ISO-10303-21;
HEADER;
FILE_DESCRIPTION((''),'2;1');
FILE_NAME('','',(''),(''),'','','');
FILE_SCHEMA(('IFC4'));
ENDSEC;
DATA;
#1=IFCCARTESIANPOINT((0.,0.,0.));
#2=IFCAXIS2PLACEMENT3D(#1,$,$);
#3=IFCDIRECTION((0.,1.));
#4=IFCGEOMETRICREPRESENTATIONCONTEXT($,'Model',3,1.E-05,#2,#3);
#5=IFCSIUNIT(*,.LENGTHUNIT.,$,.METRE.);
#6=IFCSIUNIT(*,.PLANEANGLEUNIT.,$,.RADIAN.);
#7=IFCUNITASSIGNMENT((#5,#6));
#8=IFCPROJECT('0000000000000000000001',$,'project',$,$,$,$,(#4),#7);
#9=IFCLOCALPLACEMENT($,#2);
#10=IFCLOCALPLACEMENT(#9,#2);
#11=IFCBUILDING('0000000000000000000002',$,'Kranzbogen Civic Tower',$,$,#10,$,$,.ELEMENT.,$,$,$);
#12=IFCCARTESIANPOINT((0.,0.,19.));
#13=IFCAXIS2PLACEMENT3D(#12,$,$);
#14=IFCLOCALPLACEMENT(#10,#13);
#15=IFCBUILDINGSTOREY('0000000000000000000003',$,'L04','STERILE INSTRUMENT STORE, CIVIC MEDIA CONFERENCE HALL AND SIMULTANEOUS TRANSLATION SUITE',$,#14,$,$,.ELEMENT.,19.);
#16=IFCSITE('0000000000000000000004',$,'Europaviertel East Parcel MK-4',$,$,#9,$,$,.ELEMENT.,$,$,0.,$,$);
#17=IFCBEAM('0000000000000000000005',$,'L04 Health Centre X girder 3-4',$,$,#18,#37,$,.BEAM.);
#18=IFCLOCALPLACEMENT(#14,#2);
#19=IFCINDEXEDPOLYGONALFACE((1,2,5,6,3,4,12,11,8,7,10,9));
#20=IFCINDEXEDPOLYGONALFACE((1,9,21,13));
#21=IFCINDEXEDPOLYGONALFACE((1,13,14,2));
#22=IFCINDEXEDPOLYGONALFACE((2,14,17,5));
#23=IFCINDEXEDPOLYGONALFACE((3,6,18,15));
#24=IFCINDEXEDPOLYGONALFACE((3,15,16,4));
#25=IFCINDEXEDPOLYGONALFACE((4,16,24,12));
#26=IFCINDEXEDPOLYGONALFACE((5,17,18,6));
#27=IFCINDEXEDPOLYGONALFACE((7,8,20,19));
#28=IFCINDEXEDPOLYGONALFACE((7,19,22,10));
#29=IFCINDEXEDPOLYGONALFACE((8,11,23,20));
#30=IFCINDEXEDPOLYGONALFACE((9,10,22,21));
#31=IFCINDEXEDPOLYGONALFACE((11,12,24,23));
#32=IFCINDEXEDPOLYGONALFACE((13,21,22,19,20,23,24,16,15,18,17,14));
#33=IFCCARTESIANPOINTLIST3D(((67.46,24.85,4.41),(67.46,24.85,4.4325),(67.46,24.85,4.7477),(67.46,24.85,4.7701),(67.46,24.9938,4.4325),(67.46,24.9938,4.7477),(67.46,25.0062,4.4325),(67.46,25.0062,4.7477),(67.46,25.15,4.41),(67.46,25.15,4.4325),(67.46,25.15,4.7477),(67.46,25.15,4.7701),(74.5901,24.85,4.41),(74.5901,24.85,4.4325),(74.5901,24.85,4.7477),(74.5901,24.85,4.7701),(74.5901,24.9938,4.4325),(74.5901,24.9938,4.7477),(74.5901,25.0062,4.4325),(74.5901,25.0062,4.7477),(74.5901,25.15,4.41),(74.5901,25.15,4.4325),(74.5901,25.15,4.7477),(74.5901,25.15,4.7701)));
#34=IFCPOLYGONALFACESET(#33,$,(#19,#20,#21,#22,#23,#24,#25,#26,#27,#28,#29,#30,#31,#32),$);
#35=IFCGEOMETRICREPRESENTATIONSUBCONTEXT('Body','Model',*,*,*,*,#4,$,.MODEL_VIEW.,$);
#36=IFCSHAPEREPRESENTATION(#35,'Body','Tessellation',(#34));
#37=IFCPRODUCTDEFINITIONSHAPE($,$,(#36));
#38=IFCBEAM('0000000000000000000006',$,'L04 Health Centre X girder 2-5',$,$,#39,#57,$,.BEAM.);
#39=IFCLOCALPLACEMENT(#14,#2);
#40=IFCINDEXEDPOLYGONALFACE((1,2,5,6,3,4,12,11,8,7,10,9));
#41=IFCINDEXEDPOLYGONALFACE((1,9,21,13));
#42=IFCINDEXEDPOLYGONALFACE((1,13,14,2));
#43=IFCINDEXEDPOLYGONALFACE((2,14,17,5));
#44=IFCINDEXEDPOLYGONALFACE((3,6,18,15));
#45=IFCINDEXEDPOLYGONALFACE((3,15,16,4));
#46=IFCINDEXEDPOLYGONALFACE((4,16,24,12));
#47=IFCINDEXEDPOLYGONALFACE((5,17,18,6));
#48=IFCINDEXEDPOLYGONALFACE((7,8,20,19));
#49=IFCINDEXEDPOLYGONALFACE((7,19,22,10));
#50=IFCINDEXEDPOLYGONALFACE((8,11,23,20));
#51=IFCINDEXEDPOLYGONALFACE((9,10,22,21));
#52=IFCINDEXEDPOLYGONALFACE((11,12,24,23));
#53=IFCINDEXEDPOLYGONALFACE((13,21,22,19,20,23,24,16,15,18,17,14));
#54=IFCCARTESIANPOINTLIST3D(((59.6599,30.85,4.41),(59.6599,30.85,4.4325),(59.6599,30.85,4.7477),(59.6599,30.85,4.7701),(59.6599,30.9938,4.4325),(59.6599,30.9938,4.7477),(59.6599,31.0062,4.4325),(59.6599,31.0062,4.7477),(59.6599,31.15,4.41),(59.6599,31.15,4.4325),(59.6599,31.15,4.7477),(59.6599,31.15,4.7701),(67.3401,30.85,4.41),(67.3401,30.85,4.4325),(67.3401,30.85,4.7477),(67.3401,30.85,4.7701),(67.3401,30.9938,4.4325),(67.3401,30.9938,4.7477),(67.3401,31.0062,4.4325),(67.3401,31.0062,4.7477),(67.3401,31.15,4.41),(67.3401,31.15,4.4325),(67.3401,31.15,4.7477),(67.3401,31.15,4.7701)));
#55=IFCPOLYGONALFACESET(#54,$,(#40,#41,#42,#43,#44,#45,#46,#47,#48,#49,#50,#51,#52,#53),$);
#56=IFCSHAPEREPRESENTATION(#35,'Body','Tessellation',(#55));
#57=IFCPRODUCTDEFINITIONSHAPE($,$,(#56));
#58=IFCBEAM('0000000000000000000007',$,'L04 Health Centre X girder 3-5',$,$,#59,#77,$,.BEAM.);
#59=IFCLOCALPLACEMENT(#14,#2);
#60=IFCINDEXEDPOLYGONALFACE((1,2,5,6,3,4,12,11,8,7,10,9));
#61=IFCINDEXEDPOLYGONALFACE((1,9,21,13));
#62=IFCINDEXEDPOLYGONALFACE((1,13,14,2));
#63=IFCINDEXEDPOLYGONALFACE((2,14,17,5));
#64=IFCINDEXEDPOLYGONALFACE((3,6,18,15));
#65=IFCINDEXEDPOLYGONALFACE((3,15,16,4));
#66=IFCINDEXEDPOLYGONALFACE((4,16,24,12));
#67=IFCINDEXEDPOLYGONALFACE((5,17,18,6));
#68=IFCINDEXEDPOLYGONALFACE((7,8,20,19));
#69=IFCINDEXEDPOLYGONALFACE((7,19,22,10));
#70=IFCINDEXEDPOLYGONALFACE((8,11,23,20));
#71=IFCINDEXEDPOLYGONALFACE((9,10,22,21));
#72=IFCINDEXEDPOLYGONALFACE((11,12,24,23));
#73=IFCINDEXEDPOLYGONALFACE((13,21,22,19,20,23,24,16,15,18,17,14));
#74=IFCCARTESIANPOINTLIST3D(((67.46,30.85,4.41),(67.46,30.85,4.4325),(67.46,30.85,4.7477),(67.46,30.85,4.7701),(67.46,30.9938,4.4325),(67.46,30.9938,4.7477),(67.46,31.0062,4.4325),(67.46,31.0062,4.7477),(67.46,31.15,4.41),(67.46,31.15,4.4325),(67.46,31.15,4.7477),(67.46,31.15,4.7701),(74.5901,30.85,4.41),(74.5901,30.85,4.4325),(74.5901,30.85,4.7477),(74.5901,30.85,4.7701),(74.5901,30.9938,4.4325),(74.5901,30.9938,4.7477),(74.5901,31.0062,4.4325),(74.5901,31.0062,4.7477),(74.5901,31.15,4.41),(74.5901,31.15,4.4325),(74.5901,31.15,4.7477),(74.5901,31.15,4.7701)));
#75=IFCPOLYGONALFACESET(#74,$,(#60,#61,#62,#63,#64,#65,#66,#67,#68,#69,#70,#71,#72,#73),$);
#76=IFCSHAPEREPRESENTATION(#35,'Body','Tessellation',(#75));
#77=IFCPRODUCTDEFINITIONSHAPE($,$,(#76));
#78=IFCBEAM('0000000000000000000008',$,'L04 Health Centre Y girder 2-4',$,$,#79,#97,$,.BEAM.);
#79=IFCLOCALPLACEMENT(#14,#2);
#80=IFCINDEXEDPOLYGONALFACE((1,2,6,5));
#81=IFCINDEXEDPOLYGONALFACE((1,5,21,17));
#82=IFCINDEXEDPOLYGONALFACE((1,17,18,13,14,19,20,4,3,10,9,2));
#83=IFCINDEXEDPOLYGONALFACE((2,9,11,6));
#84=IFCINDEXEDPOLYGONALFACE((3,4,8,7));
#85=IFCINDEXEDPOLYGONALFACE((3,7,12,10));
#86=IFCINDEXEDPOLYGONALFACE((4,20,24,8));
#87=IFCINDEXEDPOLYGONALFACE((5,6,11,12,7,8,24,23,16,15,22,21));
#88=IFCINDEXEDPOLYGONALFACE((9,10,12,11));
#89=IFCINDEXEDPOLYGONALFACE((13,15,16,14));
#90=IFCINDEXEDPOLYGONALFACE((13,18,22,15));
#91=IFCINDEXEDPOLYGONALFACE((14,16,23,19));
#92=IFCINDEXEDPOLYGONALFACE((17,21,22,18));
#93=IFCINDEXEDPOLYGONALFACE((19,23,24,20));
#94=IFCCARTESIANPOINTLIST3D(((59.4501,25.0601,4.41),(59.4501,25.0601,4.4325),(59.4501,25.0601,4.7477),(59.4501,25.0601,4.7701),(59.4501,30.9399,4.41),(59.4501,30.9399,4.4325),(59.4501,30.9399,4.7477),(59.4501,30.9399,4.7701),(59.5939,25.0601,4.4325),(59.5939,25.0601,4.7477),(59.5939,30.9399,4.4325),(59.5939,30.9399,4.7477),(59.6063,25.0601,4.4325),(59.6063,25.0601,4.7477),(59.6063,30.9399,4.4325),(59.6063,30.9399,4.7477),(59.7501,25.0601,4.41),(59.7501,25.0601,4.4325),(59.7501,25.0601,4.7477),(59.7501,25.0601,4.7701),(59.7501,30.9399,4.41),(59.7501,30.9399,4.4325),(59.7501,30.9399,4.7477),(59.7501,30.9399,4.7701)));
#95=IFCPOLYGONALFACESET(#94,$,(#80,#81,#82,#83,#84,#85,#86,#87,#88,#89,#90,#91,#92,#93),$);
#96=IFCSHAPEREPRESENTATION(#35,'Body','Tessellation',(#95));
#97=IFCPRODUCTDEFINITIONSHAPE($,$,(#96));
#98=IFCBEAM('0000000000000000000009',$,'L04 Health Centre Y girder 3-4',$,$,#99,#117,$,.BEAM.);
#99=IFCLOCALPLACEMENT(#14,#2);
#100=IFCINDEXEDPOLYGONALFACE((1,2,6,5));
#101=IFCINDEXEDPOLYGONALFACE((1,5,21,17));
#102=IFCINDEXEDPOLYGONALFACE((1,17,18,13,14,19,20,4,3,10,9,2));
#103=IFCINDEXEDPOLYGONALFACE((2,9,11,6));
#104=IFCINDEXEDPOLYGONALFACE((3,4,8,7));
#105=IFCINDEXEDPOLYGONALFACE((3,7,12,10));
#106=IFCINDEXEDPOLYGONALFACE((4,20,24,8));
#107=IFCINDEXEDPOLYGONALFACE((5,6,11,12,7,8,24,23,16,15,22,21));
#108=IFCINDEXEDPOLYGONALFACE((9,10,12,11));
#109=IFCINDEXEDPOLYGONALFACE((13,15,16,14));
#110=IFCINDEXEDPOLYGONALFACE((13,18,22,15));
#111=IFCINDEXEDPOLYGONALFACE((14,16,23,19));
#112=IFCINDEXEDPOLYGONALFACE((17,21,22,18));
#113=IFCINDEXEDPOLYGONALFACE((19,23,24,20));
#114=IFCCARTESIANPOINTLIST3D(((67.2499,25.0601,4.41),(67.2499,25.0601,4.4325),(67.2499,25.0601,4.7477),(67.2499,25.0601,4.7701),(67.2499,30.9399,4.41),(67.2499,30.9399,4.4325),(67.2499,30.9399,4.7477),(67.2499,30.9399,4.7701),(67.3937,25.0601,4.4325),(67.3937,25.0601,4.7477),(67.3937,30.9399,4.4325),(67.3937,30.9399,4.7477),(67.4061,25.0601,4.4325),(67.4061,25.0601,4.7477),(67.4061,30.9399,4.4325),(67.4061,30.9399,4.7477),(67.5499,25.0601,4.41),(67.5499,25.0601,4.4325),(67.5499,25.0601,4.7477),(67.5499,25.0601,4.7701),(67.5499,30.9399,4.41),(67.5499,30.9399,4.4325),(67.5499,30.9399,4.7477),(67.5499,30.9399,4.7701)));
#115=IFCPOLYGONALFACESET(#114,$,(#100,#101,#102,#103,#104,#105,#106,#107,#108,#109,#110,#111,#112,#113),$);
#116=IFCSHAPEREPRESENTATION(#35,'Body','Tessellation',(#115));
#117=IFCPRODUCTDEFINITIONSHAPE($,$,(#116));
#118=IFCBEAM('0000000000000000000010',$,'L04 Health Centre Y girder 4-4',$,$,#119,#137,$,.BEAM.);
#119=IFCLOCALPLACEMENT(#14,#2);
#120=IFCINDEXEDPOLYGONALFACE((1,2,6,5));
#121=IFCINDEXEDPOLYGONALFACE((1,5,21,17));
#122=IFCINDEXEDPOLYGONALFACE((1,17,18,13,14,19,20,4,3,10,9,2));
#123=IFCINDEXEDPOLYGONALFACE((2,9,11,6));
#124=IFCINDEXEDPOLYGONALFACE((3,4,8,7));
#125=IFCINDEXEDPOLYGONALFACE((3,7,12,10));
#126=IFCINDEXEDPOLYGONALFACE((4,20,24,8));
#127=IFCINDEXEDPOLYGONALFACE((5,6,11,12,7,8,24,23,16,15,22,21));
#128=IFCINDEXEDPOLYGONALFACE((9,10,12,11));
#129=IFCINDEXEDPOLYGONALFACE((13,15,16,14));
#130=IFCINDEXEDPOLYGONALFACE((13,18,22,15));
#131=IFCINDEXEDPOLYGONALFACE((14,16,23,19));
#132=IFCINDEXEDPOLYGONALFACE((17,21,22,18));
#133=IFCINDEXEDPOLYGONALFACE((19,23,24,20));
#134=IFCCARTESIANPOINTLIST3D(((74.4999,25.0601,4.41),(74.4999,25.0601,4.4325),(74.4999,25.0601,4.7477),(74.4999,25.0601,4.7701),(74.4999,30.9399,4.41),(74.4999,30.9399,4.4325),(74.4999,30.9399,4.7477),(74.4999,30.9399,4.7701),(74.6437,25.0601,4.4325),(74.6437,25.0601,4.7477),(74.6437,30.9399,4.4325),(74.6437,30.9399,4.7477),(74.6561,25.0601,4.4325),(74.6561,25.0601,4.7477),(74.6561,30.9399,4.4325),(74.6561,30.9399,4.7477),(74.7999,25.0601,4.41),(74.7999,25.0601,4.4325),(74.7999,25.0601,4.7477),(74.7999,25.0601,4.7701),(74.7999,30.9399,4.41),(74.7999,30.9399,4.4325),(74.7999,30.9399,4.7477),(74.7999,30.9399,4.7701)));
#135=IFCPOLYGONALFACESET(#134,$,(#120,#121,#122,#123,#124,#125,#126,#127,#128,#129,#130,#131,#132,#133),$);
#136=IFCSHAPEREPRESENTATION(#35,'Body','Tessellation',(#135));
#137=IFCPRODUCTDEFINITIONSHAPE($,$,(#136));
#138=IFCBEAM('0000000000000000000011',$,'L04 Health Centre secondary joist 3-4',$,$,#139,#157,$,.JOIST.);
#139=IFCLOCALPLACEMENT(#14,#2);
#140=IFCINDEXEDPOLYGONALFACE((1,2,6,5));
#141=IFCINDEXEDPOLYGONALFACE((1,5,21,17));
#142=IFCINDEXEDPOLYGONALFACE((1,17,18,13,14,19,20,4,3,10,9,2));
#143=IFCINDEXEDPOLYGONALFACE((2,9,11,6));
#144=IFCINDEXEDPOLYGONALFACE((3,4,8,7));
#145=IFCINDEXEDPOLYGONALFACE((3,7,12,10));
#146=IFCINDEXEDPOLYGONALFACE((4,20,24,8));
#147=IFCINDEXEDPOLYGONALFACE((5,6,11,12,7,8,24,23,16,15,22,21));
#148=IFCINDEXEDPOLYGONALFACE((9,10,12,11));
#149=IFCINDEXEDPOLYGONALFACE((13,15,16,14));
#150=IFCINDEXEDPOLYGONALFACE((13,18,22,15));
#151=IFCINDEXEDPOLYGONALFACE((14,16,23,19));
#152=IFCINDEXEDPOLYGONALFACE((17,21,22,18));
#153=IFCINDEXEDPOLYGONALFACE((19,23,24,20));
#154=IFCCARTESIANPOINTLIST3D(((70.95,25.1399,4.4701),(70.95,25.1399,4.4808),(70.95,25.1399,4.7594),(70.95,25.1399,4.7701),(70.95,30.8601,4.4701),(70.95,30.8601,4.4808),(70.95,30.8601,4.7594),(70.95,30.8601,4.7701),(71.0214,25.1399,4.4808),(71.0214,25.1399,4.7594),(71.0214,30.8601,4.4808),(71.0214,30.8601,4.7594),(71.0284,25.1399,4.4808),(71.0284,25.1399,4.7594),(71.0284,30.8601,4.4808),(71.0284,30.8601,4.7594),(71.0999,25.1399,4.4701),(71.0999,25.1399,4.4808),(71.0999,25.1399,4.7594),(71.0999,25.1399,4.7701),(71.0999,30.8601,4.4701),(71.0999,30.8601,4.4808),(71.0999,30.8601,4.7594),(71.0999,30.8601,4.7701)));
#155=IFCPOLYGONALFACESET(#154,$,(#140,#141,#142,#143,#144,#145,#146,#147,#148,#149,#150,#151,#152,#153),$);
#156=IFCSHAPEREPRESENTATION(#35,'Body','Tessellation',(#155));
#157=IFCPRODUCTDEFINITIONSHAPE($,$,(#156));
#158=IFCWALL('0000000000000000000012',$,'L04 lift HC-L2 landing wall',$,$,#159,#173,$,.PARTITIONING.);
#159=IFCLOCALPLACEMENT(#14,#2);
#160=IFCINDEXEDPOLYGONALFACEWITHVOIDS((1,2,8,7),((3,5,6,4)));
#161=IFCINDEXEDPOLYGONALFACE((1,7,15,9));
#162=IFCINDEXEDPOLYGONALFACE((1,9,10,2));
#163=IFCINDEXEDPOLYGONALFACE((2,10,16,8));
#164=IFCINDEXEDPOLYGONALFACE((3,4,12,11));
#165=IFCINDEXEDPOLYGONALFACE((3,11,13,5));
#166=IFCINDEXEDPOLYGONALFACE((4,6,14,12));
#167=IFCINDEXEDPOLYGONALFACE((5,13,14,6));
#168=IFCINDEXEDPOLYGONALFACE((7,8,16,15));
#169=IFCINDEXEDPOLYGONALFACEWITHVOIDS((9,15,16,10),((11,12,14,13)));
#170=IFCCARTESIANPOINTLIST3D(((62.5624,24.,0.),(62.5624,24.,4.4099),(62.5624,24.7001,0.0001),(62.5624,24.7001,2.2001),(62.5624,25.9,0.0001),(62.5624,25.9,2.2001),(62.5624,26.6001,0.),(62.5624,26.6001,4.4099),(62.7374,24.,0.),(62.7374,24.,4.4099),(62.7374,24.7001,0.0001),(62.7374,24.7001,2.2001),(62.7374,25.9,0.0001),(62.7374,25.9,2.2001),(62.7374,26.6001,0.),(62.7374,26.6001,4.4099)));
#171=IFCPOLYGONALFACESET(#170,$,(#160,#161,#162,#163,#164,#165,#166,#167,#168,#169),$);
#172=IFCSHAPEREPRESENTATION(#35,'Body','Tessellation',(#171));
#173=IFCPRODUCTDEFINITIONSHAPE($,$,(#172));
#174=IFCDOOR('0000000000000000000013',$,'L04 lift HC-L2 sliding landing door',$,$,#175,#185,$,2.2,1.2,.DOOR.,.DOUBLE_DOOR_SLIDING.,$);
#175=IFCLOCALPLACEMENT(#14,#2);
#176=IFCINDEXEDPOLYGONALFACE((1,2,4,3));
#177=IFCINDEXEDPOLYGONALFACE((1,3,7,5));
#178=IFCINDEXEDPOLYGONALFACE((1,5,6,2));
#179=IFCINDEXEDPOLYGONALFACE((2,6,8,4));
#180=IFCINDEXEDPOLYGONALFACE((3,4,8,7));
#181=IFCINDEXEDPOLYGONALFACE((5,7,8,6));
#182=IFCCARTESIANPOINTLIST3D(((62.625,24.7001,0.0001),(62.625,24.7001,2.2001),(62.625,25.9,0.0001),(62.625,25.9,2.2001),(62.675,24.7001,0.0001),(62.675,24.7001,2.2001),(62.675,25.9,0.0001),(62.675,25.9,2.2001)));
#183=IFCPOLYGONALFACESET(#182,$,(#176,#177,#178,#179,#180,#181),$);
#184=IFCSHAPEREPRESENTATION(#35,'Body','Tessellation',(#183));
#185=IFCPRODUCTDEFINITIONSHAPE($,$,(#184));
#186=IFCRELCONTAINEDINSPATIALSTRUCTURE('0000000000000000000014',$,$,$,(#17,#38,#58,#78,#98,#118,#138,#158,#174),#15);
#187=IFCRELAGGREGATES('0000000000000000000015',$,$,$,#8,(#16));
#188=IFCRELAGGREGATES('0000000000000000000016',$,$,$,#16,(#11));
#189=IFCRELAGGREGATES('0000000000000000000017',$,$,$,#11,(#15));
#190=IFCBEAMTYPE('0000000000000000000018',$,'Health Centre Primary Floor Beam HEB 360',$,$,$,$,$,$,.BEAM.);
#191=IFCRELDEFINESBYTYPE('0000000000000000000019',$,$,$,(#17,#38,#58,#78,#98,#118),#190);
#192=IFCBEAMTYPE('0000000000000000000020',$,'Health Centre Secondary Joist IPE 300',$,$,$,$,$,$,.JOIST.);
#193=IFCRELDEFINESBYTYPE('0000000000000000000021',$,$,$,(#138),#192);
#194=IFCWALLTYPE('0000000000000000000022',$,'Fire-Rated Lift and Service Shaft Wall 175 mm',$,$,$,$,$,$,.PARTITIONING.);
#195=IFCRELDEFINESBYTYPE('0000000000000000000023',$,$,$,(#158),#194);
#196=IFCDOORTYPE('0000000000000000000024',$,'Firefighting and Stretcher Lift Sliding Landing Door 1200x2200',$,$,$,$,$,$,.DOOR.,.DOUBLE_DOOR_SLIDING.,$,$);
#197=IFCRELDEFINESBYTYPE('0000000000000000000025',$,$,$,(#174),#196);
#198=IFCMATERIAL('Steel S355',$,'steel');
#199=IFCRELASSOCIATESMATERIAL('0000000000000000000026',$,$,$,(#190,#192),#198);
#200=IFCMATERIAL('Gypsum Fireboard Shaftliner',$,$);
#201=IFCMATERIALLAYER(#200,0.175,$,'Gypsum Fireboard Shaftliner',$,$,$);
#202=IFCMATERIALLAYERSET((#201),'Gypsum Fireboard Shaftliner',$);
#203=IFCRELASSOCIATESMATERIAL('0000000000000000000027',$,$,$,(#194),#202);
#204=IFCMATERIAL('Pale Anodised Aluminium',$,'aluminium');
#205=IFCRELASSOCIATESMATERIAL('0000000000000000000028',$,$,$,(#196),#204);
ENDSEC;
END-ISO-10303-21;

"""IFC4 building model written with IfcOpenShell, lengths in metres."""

from ifc_helpers import new_model, si_unit, direction, frame, frame_2d, origin, origin_2d, place, context, subcontext, project, spatial, rectangle, i_section, extrude, material, layer, layer_set, material_profile, profile_set, type_object, element, fill, save


model = new_model("IFC4")

# Units and contexts
model_context = context("Model", 3, precision=1e-05, world=origin(), true_north=direction((0.0, 1.0)))
body_context = subcontext(model_context, "Body", "Model", "MODEL_VIEW")
ifc_project = project(units=[si_unit("LENGTHUNIT", "METRE"), si_unit("PLANEANGLEUNIT", "RADIAN")], contexts=[model_context])

# Site, building, storey
site_placement = place(None, origin())
site = spatial("IfcSite", under=ifc_project, at=site_placement, Name="Europaviertel East Parcel MK-4", CompositionType="ELEMENT", RefElevation=0.0)
building_placement = place(site_placement, origin())
building = spatial("IfcBuilding", under=site, at=building_placement, Name="Kranzbogen Civic Tower", CompositionType="ELEMENT")
storey_placement = place(building_placement, frame((0.0, 0.0, 19.0)))
storey = spatial("IfcBuildingStorey", under=building, at=storey_placement, Name="L04", Description="STERILE INSTRUMENT STORE, CIVIC MEDIA CONFERENCE HALL AND SIMULTANEOUS TRANSLATION SUITE", CompositionType="ELEMENT", Elevation=19.0)

# Shared definitions
ifc_material_1 = material(Name="Steel S355", Category="steel")

# Beams
ifc_material_profile_1 = material_profile(ifc_material_1, i_section(OverallWidth=0.3, OverallDepth=0.3601, WebThickness=0.0125, FlangeThickness=0.0225, at=origin_2d()), Name="HEB 360")
ifc_profile_set_1 = profile_set([ifc_material_profile_1], Name="Steel S355")
beam_type_1 = type_object("IfcBeamType", Name="Health Centre Primary Floor Beam HEB 360", PredefinedType="BEAM", material=ifc_profile_set_1)
beam_1_placement = place(storey_placement, frame((67.46, 25.0, 4.5901), z_axis=(1.0, 0.0, 0.0), x_axis=(0.0, 1.0, 0.0)))
element("IfcBeam", 1, at=beam_1_placement, inside=storey, type_object=beam_type_1, Name="L04 Health Centre X girder 3-4", PredefinedType="BEAM", context=body_context, shape_type="SweptSolid", body=[
    extrude(i_section(OverallWidth=0.3, OverallDepth=0.3601, WebThickness=0.0125, FlangeThickness=0.0225, at=origin_2d()), origin(), (0.0, 0.0, 1.0), 7.1301),
])
beam_2_placement = place(storey_placement, frame((59.6599, 31.0, 4.5901), z_axis=(1.0, 0.0, 0.0), x_axis=(0.0, 1.0, 0.0)))
element("IfcBeam", 2, at=beam_2_placement, inside=storey, type_object=beam_type_1, Name="L04 Health Centre X girder 2-5", PredefinedType="BEAM", context=body_context, shape_type="SweptSolid", body=[
    extrude(i_section(OverallWidth=0.3, OverallDepth=0.3601, WebThickness=0.0125, FlangeThickness=0.0225, at=origin_2d()), origin(), (0.0, 0.0, 1.0), 7.6802),
])
beam_3_placement = place(storey_placement, frame((67.46, 31.0, 4.5901), z_axis=(1.0, 0.0, 0.0), x_axis=(0.0, 1.0, 0.0)))
element("IfcBeam", 3, at=beam_3_placement, inside=storey, type_object=beam_type_1, Name="L04 Health Centre X girder 3-5", PredefinedType="BEAM", context=body_context, shape_type="SweptSolid", body=[
    extrude(i_section(OverallWidth=0.3, OverallDepth=0.3601, WebThickness=0.0125, FlangeThickness=0.0225, at=origin_2d()), origin(), (0.0, 0.0, 1.0), 7.1301),
])
for number, where, z_axis, x_axis, name in (
    (4, (59.6001, 25.0601, 4.5901), (0.0, 1.0, 0.0), (-1.0, 0.0, 0.0), "L04 Health Centre Y girder 2-4"),
    (5, (67.3999, 25.0601, 4.5901), (0.0, 1.0, 0.0), (-1.0, 0.0, 0.0), "L04 Health Centre Y girder 3-4"),
    (6, (74.6499, 25.0601, 4.5901), (0.0, 1.0, 0.0), (-1.0, 0.0, 0.0), "L04 Health Centre Y girder 4-4"),
):
    element("IfcBeam", number, at=place(storey_placement, frame(where, z_axis=z_axis, x_axis=x_axis)), inside=storey, type_object=beam_type_1, Name=name, PredefinedType="BEAM", context=body_context, shape_type="SweptSolid", body=[
        extrude(i_section(OverallWidth=0.3, OverallDepth=0.3601, WebThickness=0.0125, FlangeThickness=0.0225, at=origin_2d()), origin(), (0.0, 0.0, 1.0), 5.8799),
    ])
ifc_material_profile_2 = material_profile(ifc_material_1, i_section(OverallWidth=0.1499, OverallDepth=0.3, WebThickness=0.0071, FlangeThickness=0.0107, at=origin_2d()), Name="IPE 300")
ifc_profile_set_2 = profile_set([ifc_material_profile_2], Name="Steel S355")
beam_type_2 = type_object("IfcBeamType", Name="Health Centre Secondary Joist IPE 300", PredefinedType="JOIST", material=ifc_profile_set_2)
beam_4_placement = place(storey_placement, frame((71.0249, 25.1399, 4.6201), z_axis=(0.0, 1.0, 0.0), x_axis=(-1.0, 0.0, 0.0)))
element("IfcBeam", 7, at=beam_4_placement, inside=storey, type_object=beam_type_2, Name="L04 Health Centre secondary joist 3-4", PredefinedType="JOIST", context=body_context, shape_type="SweptSolid", body=[
    extrude(i_section(OverallWidth=0.1499, OverallDepth=0.3, WebThickness=0.0071, FlangeThickness=0.0107, at=origin_2d()), origin(), (0.0, 0.0, 1.0), 5.7202),
])

# Wall, opening, door
ifc_material_2 = material(Name="Gypsum Fireboard Shaftliner")
ifc_layer_1 = layer(ifc_material_2, 0.175, Name="Gypsum Fireboard Shaftliner")
ifc_layer_set_1 = layer_set([ifc_layer_1], Name="Gypsum Fireboard Shaftliner")
wall_type_1 = type_object("IfcWallType", Name="Fire-Rated Lift and Service Shaft Wall 175 mm", PredefinedType="PARTITIONING", material=ifc_layer_set_1)
wall_1_placement = place(storey_placement, frame((62.6499, 24.0, 0.0), z_axis=(0.0, 0.0, 1.0), x_axis=(0.0, 1.0, 0.0)))
wall_1 = element("IfcWall", 8, at=wall_1_placement, inside=storey, type_object=wall_type_1, Name="L04 lift HC-L2 landing wall", PredefinedType="PARTITIONING", context=body_context, shape_type="SweptSolid", body=[
    extrude(rectangle(XDim=2.6001, YDim=0.175, at=frame_2d((1.3, 0.0))), origin(), (0.0, 0.0, 1.0), 4.4099),
])
opening_1_placement = place(wall_1_placement, frame((0.7, 0.0, 0.0)))
opening_1 = element("IfcOpeningElement", 9, at=opening_1_placement, cuts=wall_1, PredefinedType="OPENING", context=body_context, shape_type="SweptSolid", body=[
    extrude(rectangle(XDim=1.2, YDim=2.2, at=frame_2d((0.6001, 1.1001))), frame((0.0, 0.0977, 0.0), z_axis=(0.0, -1.0, 0.0), x_axis=(1.0, 0.0, 0.0)), (0.0, 0.0, 1.0), 0.1951),
])
ifc_material_3 = material(Name="Pale Anodised Aluminium", Category="aluminium")
door_type_1 = type_object("IfcDoorType", Name="Firefighting and Stretcher Lift Sliding Landing Door 1200x2200", OperationType="DOUBLE_DOOR_SLIDING", PredefinedType="DOOR", material=ifc_material_3)
door_1_placement = place(opening_1_placement, origin())
door_1 = element("IfcDoor", 10, at=door_1_placement, inside=storey, type_object=door_type_1, Name="L04 lift HC-L2 sliding landing door", OperationType="DOUBLE_DOOR_SLIDING", OverallHeight=2.2, OverallWidth=1.2, PredefinedType="DOOR", context=body_context, shape_type="SweptSolid", body=[
    extrude(rectangle(XDim=1.2, YDim=2.2, at=frame_2d((0.6001, 1.1001))), frame((0.0, 0.0249, 0.0), z_axis=(0.0, -1.0, 0.0), x_axis=(1.0, 0.0, 0.0)), (0.0, 0.0, 1.0), 0.05),
])
fill(opening_1, door_1)

save(model, "model.ifc")
